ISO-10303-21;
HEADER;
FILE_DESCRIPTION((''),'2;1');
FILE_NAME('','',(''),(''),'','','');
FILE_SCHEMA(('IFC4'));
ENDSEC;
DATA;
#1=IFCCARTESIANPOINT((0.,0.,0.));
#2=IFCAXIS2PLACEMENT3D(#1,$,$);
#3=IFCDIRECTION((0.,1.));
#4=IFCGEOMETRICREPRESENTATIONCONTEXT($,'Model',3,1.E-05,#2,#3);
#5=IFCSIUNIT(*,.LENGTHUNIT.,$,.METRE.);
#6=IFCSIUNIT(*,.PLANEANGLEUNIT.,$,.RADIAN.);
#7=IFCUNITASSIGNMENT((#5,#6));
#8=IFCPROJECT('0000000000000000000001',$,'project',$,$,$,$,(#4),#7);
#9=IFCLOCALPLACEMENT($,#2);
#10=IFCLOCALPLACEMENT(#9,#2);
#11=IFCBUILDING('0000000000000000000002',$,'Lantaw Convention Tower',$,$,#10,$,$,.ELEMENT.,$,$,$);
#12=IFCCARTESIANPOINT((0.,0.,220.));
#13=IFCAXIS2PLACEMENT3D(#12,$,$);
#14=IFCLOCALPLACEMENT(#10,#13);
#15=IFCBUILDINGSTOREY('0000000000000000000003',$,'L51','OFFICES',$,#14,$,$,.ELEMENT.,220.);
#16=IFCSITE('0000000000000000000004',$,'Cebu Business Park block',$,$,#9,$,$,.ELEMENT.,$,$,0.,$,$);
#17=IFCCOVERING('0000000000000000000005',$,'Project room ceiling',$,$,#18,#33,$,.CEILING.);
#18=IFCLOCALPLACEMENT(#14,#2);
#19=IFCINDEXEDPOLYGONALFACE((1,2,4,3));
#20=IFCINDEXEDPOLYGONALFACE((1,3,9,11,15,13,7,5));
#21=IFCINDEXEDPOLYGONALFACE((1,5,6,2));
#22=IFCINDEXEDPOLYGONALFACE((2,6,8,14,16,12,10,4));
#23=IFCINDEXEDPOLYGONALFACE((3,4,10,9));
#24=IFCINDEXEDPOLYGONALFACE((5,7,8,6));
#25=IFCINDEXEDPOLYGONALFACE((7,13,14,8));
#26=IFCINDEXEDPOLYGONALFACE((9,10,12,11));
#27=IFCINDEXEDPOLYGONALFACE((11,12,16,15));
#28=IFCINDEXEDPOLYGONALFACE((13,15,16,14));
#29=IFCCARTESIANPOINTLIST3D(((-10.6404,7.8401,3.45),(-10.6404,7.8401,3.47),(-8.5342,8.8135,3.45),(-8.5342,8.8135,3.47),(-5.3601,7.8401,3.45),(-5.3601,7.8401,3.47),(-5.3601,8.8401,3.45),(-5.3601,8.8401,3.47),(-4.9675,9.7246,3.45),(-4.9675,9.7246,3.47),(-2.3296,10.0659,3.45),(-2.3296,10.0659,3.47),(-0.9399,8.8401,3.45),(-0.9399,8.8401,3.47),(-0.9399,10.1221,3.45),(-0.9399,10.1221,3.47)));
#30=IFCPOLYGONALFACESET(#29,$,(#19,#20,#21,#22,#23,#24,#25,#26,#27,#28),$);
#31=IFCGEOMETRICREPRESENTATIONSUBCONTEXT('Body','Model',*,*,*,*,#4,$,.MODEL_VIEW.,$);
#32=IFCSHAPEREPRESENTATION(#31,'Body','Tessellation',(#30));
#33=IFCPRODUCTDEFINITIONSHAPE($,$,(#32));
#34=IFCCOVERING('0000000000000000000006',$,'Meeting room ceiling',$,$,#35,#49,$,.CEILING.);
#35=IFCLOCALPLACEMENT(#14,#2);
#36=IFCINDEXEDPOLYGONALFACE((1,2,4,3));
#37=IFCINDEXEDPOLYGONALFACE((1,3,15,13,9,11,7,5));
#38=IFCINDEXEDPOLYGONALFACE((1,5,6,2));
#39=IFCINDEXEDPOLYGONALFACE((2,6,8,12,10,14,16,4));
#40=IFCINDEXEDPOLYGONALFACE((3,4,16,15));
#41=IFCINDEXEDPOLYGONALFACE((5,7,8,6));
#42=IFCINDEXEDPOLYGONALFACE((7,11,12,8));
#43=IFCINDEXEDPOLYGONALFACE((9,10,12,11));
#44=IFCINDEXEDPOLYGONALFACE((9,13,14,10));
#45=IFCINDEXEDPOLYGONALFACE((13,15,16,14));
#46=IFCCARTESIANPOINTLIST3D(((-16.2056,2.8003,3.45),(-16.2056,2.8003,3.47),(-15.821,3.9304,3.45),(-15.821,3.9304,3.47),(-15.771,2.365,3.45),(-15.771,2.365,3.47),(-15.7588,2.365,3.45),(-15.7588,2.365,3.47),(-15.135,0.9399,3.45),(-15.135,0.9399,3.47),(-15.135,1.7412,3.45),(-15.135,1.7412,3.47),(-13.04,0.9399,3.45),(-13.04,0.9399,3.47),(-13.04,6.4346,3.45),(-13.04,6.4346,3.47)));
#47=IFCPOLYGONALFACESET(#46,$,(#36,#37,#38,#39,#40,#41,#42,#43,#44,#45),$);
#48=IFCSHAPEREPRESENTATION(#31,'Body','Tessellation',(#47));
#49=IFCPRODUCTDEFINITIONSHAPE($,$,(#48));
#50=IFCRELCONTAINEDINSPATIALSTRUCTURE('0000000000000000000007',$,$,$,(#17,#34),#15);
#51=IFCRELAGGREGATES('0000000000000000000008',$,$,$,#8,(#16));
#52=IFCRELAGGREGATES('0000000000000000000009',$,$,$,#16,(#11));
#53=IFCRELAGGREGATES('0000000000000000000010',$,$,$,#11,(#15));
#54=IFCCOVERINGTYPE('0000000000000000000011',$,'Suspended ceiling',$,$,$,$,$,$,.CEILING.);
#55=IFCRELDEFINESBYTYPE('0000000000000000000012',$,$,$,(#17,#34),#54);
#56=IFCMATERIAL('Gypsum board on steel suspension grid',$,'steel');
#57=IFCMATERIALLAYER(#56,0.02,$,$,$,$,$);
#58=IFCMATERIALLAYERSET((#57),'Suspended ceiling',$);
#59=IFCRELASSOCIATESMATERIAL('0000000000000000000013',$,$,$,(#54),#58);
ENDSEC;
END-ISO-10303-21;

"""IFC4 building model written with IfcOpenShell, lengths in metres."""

from ifc_helpers import new_model, si_unit, direction, frame, origin, place, context, subcontext, project, spatial, polyline, outline, extrude, material, layer, layer_set, type_object, element, save


model = new_model("IFC4")

# Units and contexts
model_context = context("Model", 3, precision=1e-05, world=origin(), true_north=direction((0.0, 1.0)))
body_context = subcontext(model_context, "Body", "Model", "MODEL_VIEW")
ifc_project = project(units=[si_unit("LENGTHUNIT", "METRE"), si_unit("PLANEANGLEUNIT", "RADIAN")], contexts=[model_context])

# Site, building, storey
site_placement = place(None, origin())
site = spatial("IfcSite", under=ifc_project, at=site_placement, Name="Cebu Business Park block", CompositionType="ELEMENT", RefElevation=0.0)
building_placement = place(site_placement, origin())
building = spatial("IfcBuilding", under=site, at=building_placement, Name="Lantaw Convention Tower", CompositionType="ELEMENT")
storey_placement = place(building_placement, frame((0.0, 0.0, 220.0)))
storey = spatial("IfcBuildingStorey", under=building, at=storey_placement, Name="L51", Description="OFFICES", CompositionType="ELEMENT", Elevation=220.0)

# Coverings
ifc_material_1 = material(Name="Gypsum board on steel suspension grid", Category="steel")
ifc_layer_1 = layer(ifc_material_1, 0.02)
ifc_layer_set_1 = layer_set([ifc_layer_1], Name="Suspended ceiling")
covering_type = type_object("IfcCoveringType", Name="Suspended ceiling", PredefinedType="CEILING", material=ifc_layer_set_1)
covering_1_placement = place(storey_placement, frame((0.0, 0.0, 3.45)))
element("IfcCovering", 1, at=covering_1_placement, inside=storey, type_object=covering_type, Name="Project room ceiling", PredefinedType="CEILING", context=body_context, shape_type="SweptSolid", body=[
    extrude(outline(polyline([(-10.6404, 7.8401), (-5.3601, 7.8401), (-5.3601, 8.8401), (-0.9399, 8.8401), (-0.9399, 10.1221), (-2.3296, 10.0659), (-4.9675, 9.7246), (-8.5342, 8.8135), (-10.6404, 7.8401)])), origin(), (0.0, 0.0, 1.0), 0.02),
])
covering_2_placement = place(storey_placement, frame((0.0, 0.0, 3.45)))
element("IfcCovering", 2, at=covering_2_placement, inside=storey, type_object=covering_type, Name="Meeting room ceiling", PredefinedType="CEILING", context=body_context, shape_type="SweptSolid", body=[
    extrude(outline(polyline([(-15.771, 2.365), (-15.7588, 2.365), (-15.135, 1.7412), (-15.135, 0.9399), (-13.04, 0.9399), (-13.04, 6.4346), (-15.821, 3.9304), (-16.2056, 2.8003), (-15.771, 2.365)])), origin(), (0.0, 0.0, 1.0), 0.02),
])

save(model, "model.ifc")
